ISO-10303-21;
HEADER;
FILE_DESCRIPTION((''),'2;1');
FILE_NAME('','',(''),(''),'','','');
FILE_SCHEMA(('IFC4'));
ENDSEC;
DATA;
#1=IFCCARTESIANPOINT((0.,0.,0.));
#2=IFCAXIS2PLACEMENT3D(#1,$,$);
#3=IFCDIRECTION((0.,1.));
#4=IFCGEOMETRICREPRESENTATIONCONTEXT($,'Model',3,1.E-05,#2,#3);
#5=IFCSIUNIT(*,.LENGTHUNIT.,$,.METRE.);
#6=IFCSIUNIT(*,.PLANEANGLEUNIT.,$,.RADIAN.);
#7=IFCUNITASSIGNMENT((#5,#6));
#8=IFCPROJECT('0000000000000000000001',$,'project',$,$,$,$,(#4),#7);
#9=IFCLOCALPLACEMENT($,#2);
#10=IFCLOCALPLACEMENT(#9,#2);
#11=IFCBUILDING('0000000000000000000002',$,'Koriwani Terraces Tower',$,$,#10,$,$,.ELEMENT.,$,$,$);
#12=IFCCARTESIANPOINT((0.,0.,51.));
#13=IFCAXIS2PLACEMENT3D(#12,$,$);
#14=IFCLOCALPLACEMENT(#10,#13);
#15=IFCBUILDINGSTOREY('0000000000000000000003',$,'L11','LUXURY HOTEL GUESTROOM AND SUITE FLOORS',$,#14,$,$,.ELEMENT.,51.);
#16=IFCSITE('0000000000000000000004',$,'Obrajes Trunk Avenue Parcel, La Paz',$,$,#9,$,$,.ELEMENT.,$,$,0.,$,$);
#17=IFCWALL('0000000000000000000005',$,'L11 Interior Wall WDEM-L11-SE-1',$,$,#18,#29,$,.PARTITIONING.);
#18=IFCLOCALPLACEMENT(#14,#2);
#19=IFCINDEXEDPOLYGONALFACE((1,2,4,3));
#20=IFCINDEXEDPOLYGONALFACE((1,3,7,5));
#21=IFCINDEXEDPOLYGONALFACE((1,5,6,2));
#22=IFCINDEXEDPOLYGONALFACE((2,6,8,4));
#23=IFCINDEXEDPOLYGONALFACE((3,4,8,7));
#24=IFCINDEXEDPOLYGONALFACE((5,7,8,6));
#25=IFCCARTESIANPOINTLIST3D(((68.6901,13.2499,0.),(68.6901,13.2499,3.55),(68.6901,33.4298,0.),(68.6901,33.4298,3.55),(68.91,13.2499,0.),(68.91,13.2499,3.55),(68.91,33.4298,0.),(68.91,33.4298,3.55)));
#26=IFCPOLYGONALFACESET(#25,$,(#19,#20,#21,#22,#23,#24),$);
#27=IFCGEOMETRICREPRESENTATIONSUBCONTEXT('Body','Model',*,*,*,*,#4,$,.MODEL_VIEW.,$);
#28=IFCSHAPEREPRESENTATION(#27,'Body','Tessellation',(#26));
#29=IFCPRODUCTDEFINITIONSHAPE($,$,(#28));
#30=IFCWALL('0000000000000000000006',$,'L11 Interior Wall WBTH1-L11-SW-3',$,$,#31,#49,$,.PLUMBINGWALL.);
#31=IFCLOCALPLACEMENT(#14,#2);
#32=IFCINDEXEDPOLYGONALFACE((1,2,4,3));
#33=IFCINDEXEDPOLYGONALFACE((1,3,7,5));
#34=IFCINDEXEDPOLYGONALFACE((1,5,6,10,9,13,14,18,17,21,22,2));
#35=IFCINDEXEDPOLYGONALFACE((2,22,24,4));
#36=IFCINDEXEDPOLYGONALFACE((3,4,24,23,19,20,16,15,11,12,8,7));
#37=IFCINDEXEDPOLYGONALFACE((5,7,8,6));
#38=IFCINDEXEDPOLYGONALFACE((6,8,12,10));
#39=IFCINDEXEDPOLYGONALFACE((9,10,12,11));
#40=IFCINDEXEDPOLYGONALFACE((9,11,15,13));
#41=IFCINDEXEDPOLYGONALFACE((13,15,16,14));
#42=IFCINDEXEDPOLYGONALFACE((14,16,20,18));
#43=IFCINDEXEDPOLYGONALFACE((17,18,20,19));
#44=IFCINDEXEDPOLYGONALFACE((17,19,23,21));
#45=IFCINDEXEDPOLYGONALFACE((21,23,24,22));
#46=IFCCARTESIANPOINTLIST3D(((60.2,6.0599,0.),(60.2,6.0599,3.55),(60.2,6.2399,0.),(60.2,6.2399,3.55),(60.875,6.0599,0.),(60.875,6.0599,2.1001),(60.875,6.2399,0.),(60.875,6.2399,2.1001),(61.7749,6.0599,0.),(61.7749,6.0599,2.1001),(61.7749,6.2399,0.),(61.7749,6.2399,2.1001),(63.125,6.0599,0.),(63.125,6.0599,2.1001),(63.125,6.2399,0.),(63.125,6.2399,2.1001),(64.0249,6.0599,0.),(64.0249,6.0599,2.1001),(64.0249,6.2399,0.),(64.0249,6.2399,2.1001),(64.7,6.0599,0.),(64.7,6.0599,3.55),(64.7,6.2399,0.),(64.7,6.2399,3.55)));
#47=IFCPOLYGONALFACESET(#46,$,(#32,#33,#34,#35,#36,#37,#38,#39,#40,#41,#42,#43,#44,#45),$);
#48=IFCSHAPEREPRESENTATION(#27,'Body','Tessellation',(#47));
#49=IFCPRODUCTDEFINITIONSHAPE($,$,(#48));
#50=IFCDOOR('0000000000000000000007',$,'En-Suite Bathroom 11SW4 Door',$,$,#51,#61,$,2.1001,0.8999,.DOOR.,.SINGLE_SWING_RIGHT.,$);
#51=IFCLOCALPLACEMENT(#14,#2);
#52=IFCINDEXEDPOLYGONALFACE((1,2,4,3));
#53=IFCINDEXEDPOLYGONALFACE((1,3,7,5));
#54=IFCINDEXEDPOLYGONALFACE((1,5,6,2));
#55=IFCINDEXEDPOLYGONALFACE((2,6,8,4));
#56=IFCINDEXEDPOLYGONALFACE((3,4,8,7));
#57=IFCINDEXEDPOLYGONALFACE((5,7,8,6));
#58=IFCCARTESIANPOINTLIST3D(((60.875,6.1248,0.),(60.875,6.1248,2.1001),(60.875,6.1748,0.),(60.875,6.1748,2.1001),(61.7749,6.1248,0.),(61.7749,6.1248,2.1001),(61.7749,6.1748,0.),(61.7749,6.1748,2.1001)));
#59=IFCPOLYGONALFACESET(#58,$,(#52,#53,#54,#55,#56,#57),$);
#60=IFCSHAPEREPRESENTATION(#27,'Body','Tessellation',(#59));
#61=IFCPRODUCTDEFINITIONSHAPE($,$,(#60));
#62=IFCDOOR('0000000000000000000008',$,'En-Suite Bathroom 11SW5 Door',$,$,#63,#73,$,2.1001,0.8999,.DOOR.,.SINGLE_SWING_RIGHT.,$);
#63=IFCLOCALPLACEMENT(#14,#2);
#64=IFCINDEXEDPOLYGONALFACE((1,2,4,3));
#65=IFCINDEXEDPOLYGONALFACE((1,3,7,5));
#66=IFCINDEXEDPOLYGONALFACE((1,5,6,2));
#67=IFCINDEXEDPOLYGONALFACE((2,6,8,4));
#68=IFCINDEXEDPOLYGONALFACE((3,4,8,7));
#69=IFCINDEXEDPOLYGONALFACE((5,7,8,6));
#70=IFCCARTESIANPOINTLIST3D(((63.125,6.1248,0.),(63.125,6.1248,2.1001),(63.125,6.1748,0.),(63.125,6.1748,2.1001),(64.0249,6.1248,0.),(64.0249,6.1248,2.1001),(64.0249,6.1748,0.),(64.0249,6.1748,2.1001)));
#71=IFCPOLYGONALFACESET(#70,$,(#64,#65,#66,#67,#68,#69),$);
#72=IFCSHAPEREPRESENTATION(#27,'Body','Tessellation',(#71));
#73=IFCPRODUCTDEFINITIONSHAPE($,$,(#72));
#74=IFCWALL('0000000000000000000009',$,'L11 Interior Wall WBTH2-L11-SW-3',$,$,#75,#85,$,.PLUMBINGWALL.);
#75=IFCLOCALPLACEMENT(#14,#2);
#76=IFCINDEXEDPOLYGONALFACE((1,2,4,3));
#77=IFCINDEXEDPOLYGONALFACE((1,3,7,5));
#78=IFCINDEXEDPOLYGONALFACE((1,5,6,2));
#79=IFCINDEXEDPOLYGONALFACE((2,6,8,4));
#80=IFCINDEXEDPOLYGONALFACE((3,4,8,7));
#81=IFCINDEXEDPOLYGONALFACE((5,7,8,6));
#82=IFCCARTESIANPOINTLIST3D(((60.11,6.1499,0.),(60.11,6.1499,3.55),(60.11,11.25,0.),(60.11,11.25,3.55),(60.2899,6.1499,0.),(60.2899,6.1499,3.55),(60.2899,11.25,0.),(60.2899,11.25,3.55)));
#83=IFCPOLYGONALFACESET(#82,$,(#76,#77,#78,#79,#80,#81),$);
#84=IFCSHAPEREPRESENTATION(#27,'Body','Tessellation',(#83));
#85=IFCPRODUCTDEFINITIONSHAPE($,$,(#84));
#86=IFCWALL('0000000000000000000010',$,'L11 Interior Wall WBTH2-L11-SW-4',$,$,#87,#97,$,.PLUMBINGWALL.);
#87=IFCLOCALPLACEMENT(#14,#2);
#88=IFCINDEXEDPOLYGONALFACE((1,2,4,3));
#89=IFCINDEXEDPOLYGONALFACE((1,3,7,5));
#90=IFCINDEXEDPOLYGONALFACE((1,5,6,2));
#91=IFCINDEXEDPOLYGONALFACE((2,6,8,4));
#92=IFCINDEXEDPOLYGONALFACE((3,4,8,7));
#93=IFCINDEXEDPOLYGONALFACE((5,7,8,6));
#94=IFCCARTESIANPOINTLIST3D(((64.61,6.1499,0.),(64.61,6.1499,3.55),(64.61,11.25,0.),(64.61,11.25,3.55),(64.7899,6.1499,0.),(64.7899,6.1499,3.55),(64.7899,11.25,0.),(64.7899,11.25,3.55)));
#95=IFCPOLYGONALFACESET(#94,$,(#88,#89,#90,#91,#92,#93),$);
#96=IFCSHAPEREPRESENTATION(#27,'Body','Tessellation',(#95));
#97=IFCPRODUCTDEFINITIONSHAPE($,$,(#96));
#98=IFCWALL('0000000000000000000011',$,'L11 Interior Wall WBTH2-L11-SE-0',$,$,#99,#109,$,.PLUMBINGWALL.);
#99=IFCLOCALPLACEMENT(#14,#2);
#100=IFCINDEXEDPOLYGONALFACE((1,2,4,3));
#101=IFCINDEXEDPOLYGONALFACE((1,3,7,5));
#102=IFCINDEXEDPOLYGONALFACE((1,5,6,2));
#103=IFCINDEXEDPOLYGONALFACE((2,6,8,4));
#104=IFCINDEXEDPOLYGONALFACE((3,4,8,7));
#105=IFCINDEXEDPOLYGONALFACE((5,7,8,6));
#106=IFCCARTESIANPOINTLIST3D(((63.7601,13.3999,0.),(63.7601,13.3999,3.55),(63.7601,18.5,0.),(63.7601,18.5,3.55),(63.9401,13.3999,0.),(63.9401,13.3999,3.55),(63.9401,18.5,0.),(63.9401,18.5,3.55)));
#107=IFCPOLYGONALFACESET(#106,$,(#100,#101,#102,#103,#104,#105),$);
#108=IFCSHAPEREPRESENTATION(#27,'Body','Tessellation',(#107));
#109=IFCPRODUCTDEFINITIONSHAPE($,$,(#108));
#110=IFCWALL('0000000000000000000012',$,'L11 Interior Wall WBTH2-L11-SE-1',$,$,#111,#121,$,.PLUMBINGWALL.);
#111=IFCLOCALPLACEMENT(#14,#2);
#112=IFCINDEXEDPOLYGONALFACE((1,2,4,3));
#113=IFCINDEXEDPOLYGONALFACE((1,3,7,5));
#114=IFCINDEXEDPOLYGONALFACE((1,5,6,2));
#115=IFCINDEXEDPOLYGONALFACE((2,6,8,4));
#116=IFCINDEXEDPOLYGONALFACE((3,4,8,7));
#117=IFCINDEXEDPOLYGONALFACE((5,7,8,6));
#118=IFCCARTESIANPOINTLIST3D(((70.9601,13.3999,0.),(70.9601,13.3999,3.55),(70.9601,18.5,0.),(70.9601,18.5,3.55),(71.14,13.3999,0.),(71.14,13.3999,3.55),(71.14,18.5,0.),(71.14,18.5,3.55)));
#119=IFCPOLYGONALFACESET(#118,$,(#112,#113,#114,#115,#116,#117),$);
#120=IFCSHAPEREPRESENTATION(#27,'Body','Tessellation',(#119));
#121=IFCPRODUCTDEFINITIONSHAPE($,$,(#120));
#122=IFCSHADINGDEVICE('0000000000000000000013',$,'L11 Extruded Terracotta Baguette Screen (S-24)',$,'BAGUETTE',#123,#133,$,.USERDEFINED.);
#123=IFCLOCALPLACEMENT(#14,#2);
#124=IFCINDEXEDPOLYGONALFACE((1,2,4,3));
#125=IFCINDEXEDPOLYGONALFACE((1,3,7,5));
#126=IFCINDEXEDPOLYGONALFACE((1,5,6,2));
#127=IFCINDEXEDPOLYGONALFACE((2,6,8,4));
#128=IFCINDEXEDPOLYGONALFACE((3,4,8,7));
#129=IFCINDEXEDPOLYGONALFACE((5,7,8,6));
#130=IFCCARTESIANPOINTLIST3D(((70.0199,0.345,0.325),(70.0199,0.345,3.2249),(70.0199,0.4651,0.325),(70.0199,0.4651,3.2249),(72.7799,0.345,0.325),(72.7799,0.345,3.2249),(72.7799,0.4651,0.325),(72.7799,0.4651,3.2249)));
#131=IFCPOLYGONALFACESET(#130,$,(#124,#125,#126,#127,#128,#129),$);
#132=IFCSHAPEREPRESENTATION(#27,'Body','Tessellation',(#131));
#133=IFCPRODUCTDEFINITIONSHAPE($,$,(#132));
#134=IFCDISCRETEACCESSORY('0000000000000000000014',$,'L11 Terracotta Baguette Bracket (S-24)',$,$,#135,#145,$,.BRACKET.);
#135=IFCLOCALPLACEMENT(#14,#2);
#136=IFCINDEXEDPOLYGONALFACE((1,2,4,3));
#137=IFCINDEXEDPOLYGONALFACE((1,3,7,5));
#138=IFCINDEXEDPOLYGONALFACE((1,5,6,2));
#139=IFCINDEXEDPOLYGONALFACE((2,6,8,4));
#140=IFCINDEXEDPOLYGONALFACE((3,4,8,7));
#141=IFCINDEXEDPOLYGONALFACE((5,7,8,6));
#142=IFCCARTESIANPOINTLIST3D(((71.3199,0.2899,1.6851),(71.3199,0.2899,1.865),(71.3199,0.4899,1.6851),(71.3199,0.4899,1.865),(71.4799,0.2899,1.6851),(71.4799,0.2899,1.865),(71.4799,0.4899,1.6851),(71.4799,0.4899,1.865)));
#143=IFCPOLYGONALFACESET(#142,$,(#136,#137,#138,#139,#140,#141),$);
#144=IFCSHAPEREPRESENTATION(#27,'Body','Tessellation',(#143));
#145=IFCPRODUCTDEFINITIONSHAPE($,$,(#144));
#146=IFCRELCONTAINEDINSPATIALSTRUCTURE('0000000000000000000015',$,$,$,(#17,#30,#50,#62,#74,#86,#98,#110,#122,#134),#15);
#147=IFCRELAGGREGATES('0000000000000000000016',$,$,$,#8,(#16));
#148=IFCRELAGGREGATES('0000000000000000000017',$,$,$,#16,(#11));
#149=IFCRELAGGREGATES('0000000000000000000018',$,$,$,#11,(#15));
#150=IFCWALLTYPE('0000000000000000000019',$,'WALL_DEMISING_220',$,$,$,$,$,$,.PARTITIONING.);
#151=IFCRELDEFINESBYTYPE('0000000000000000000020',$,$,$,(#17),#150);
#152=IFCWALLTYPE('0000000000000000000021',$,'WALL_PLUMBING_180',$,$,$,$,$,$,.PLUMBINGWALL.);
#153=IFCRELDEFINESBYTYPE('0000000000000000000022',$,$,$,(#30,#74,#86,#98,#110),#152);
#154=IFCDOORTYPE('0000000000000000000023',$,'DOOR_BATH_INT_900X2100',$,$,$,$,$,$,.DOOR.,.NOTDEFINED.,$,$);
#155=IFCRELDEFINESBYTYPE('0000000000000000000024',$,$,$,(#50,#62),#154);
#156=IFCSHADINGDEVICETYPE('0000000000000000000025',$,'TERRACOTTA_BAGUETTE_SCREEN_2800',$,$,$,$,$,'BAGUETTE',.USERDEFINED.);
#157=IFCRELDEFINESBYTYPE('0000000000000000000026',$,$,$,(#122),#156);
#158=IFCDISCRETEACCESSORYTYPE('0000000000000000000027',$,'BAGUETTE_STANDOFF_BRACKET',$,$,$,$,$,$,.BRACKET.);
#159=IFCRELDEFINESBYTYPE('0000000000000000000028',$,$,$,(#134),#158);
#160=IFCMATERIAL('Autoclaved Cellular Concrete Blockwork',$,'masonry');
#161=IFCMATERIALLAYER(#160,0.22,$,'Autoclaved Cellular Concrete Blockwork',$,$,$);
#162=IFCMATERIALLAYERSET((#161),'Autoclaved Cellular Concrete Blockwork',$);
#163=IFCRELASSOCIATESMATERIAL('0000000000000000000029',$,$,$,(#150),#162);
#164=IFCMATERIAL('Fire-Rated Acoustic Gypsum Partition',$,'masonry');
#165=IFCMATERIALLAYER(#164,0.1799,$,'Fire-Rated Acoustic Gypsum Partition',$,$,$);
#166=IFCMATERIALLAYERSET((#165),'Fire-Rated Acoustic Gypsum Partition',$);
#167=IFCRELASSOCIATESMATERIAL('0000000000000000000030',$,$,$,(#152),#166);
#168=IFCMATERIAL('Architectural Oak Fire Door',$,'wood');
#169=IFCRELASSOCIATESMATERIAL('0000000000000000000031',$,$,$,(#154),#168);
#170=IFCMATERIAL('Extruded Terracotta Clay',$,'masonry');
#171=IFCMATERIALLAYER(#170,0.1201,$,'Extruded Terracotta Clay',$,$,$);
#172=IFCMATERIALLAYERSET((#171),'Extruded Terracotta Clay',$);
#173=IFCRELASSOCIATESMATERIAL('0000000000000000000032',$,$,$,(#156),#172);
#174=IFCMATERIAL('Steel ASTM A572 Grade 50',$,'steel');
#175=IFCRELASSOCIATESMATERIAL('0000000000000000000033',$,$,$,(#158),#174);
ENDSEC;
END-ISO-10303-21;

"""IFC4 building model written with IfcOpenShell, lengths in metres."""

from ifc_helpers import new_model, si_unit, direction, frame, frame_2d, origin, origin_2d, place, context, subcontext, project, spatial, rectangle, extrude, material, layer, layer_set, type_object, element, fill, save


model = new_model("IFC4")

# Units and contexts
model_context = context("Model", 3, precision=1e-05, world=origin(), true_north=direction((0.0, 1.0)))
body_context = subcontext(model_context, "Body", "Model", "MODEL_VIEW")
ifc_project = project(units=[si_unit("LENGTHUNIT", "METRE"), si_unit("PLANEANGLEUNIT", "RADIAN")], contexts=[model_context])

# Site, building, storey
site_placement = place(None, origin())
site = spatial("IfcSite", under=ifc_project, at=site_placement, Name="Obrajes Trunk Avenue Parcel, La Paz", CompositionType="ELEMENT", RefElevation=0.0)
building_placement = place(site_placement, origin())
building = spatial("IfcBuilding", under=site, at=building_placement, Name="Koriwani Terraces Tower", CompositionType="ELEMENT")
storey_placement = place(building_placement, frame((0.0, 0.0, 51.0)))
storey = spatial("IfcBuildingStorey", under=building, at=storey_placement, Name="L11", Description="LUXURY HOTEL GUESTROOM AND SUITE FLOORS", CompositionType="ELEMENT", Elevation=51.0)

# Shared definitions
ifc_material_1 = material(Name="Steel ASTM A572 Grade 50", Category="steel")

# Shared definitions
ifc_material_2 = material(Name="Autoclaved Cellular Concrete Blockwork", Category="masonry")
ifc_material_3 = material(Name="Architectural Oak Fire Door", Category="wood")

# Wall
ifc_layer_1 = layer(ifc_material_2, 0.22, Name="Autoclaved Cellular Concrete Blockwork")
ifc_layer_set_1 = layer_set([ifc_layer_1], Name="Autoclaved Cellular Concrete Blockwork")
wall_type_1 = type_object("IfcWallType", Name="WALL_DEMISING_220", PredefinedType="PARTITIONING", material=ifc_layer_set_1)
for number, where, z_axis, x_axis, name in (
    (1, (68.8, 13.25, 0.0), (0.0, 0.0, 1.0), (0.0, 1.0, 0.0), "L11 Interior Wall WDEM-L11-SE-1"),
):
    element("IfcWall", number, at=place(storey_placement, frame(where, z_axis=z_axis, x_axis=x_axis)), inside=storey, type_object=wall_type_1, Name=name, PredefinedType="PARTITIONING", context=body_context, shape_type="SweptSolid", body=[
        extrude(rectangle(XDim=20.1799, YDim=0.22, at=frame_2d((10.0898, 0.0))), origin(), (0.0, 0.0, 1.0), 3.55),
    ])

# Wall, openings, doors
ifc_material_4 = material(Name="Fire-Rated Acoustic Gypsum Partition", Category="masonry")
ifc_layer_2 = layer(ifc_material_4, 0.1799, Name="Fire-Rated Acoustic Gypsum Partition")
ifc_layer_set_2 = layer_set([ifc_layer_2], Name="Fire-Rated Acoustic Gypsum Partition")
wall_type_2 = type_object("IfcWallType", Name="WALL_PLUMBING_180", PredefinedType="PLUMBINGWALL", material=ifc_layer_set_2)
wall_1_placement = place(storey_placement, frame((60.2, 6.1499, 0.0), z_axis=(0.0, 0.0, 1.0), x_axis=(1.0, 0.0, 0.0)))
wall_1 = element("IfcWall", 2, at=wall_1_placement, inside=storey, type_object=wall_type_2, Name="L11 Interior Wall WBTH1-L11-SW-3", PredefinedType="PLUMBINGWALL", context=body_context, shape_type="SweptSolid", body=[
    extrude(rectangle(XDim=4.5, YDim=0.1799, at=frame_2d((2.25, 0.0))), origin(), (0.0, 0.0, 1.0), 3.55),
])
opening_1_placement = place(wall_1_placement, frame((0.675, 0.0, 0.0)))
opening_1 = element("IfcOpeningElement", 3, at=opening_1_placement, cuts=wall_1, PredefinedType="OPENING", context=body_context, shape_type="SweptSolid", body=[
    extrude(rectangle(XDim=0.8999, YDim=2.1001, at=frame_2d((0.45, 1.05))), frame((0.0, 0.1001, 0.0), z_axis=(0.0, -1.0, 0.0), x_axis=(1.0, 0.0, 0.0)), (0.0, 0.0, 1.0), 0.2),
])
opening_2_placement = place(wall_1_placement, frame((2.925, 0.0, 0.0)))
opening_2 = element("IfcOpeningElement", 4, at=opening_2_placement, cuts=wall_1, PredefinedType="OPENING", context=body_context, shape_type="SweptSolid", body=[
    extrude(rectangle(XDim=0.8999, YDim=2.1001, at=frame_2d((0.45, 1.05))), frame((0.0, 0.1001, 0.0), z_axis=(0.0, -1.0, 0.0), x_axis=(1.0, 0.0, 0.0)), (0.0, 0.0, 1.0), 0.2),
])
door_type_1 = type_object("IfcDoorType", Name="DOOR_BATH_INT_900X2100", OperationType="NOTDEFINED", PredefinedType="DOOR", material=ifc_material_3)
door_1_placement = place(opening_1_placement, origin())
door_1 = element("IfcDoor", 5, at=door_1_placement, inside=storey, type_object=door_type_1, Name="En-Suite Bathroom 11SW4 Door", OperationType="SINGLE_SWING_RIGHT", OverallHeight=2.1001, OverallWidth=0.8999, PredefinedType="DOOR", context=body_context, shape_type="SweptSolid", body=[
    extrude(rectangle(XDim=0.8999, YDim=2.1001, at=frame_2d((0.45, 1.05))), frame((0.0, 0.0249, 0.0), z_axis=(0.0, -1.0, 0.0), x_axis=(1.0, 0.0, 0.0)), (0.0, 0.0, 1.0), 0.05),
])
fill(opening_1, door_1)
door_2_placement = place(opening_2_placement, origin())
door_2 = element("IfcDoor", 6, at=door_2_placement, inside=storey, type_object=door_type_1, Name="En-Suite Bathroom 11SW5 Door", OperationType="SINGLE_SWING_RIGHT", OverallHeight=2.1001, OverallWidth=0.8999, PredefinedType="DOOR", context=body_context, shape_type="SweptSolid", body=[
    extrude(rectangle(XDim=0.8999, YDim=2.1001, at=frame_2d((0.45, 1.05))), frame((0.0, 0.0249, 0.0), z_axis=(0.0, -1.0, 0.0), x_axis=(1.0, 0.0, 0.0)), (0.0, 0.0, 1.0), 0.05),
])
fill(opening_2, door_2)

# Walls
for number, where, z_axis, x_axis, name in (
    (7, (60.2, 6.1499, 0.0), (0.0, 0.0, 1.0), (0.0, 1.0, 0.0), "L11 Interior Wall WBTH2-L11-SW-3"),
    (8, (64.7, 6.1499, 0.0), (0.0, 0.0, 1.0), (0.0, 1.0, 0.0), "L11 Interior Wall WBTH2-L11-SW-4"),
    (9, (63.8501, 13.3999, 0.0), (0.0, 0.0, 1.0), (0.0, 1.0, 0.0), "L11 Interior Wall WBTH2-L11-SE-0"),
    (10, (71.05, 13.3999, 0.0), (0.0, 0.0, 1.0), (0.0, 1.0, 0.0), "L11 Interior Wall WBTH2-L11-SE-1"),
):
    element("IfcWall", number, at=place(storey_placement, frame(where, z_axis=z_axis, x_axis=x_axis)), inside=storey, type_object=wall_type_2, Name=name, PredefinedType="PLUMBINGWALL", context=body_context, shape_type="SweptSolid", body=[
        extrude(rectangle(XDim=5.1001, YDim=0.1799, at=frame_2d((2.55, 0.0))), origin(), (0.0, 0.0, 1.0), 3.55),
    ])

# Shading device
ifc_material_5 = material(Name="Extruded Terracotta Clay", Category="masonry")
ifc_layer_3 = layer(ifc_material_5, 0.1201, Name="Extruded Terracotta Clay")
ifc_layer_set_3 = layer_set([ifc_layer_3], Name="Extruded Terracotta Clay")
shading_device_type = type_object("IfcShadingDeviceType", Name="TERRACOTTA_BAGUETTE_SCREEN_2800", ElementType="BAGUETTE", PredefinedType="USERDEFINED", material=ifc_layer_set_3)
shading_device_placement = place(storey_placement, frame((71.3999, 0.405, 0.325), z_axis=(0.0, 0.0, 1.0), x_axis=(-1.0, 0.0, 0.0)))
element("IfcShadingDevice", 11, at=shading_device_placement, inside=storey, type_object=shading_device_type, Name="L11 Extruded Terracotta Baguette Screen (S-24)", ObjectType="BAGUETTE", PredefinedType="USERDEFINED", context=body_context, shape_type="SweptSolid", body=[
    extrude(rectangle(XDim=2.76, YDim=0.1201, at=origin_2d()), origin(), (0.0, 0.0, 1.0), 2.8999),
])

# Discrete accessory
discrete_accessory_type = type_object("IfcDiscreteAccessoryType", Name="BAGUETTE_STANDOFF_BRACKET", PredefinedType="BRACKET", material=ifc_material_1)
discrete_accessory_placement = place(storey_placement, frame((71.3999, 0.3899, 1.6851), z_axis=(0.0, 0.0, 1.0), x_axis=(-1.0, 0.0, 0.0)))
element("IfcDiscreteAccessory", 12, at=discrete_accessory_placement, inside=storey, type_object=discrete_accessory_type, Name="L11 Terracotta Baguette Bracket (S-24)", PredefinedType="BRACKET", context=body_context, shape_type="SweptSolid", body=[
    extrude(rectangle(XDim=0.1599, YDim=0.2, at=origin_2d()), origin(), (0.0, 0.0, 1.0), 0.1799),
])

save(model, "model.ifc")
